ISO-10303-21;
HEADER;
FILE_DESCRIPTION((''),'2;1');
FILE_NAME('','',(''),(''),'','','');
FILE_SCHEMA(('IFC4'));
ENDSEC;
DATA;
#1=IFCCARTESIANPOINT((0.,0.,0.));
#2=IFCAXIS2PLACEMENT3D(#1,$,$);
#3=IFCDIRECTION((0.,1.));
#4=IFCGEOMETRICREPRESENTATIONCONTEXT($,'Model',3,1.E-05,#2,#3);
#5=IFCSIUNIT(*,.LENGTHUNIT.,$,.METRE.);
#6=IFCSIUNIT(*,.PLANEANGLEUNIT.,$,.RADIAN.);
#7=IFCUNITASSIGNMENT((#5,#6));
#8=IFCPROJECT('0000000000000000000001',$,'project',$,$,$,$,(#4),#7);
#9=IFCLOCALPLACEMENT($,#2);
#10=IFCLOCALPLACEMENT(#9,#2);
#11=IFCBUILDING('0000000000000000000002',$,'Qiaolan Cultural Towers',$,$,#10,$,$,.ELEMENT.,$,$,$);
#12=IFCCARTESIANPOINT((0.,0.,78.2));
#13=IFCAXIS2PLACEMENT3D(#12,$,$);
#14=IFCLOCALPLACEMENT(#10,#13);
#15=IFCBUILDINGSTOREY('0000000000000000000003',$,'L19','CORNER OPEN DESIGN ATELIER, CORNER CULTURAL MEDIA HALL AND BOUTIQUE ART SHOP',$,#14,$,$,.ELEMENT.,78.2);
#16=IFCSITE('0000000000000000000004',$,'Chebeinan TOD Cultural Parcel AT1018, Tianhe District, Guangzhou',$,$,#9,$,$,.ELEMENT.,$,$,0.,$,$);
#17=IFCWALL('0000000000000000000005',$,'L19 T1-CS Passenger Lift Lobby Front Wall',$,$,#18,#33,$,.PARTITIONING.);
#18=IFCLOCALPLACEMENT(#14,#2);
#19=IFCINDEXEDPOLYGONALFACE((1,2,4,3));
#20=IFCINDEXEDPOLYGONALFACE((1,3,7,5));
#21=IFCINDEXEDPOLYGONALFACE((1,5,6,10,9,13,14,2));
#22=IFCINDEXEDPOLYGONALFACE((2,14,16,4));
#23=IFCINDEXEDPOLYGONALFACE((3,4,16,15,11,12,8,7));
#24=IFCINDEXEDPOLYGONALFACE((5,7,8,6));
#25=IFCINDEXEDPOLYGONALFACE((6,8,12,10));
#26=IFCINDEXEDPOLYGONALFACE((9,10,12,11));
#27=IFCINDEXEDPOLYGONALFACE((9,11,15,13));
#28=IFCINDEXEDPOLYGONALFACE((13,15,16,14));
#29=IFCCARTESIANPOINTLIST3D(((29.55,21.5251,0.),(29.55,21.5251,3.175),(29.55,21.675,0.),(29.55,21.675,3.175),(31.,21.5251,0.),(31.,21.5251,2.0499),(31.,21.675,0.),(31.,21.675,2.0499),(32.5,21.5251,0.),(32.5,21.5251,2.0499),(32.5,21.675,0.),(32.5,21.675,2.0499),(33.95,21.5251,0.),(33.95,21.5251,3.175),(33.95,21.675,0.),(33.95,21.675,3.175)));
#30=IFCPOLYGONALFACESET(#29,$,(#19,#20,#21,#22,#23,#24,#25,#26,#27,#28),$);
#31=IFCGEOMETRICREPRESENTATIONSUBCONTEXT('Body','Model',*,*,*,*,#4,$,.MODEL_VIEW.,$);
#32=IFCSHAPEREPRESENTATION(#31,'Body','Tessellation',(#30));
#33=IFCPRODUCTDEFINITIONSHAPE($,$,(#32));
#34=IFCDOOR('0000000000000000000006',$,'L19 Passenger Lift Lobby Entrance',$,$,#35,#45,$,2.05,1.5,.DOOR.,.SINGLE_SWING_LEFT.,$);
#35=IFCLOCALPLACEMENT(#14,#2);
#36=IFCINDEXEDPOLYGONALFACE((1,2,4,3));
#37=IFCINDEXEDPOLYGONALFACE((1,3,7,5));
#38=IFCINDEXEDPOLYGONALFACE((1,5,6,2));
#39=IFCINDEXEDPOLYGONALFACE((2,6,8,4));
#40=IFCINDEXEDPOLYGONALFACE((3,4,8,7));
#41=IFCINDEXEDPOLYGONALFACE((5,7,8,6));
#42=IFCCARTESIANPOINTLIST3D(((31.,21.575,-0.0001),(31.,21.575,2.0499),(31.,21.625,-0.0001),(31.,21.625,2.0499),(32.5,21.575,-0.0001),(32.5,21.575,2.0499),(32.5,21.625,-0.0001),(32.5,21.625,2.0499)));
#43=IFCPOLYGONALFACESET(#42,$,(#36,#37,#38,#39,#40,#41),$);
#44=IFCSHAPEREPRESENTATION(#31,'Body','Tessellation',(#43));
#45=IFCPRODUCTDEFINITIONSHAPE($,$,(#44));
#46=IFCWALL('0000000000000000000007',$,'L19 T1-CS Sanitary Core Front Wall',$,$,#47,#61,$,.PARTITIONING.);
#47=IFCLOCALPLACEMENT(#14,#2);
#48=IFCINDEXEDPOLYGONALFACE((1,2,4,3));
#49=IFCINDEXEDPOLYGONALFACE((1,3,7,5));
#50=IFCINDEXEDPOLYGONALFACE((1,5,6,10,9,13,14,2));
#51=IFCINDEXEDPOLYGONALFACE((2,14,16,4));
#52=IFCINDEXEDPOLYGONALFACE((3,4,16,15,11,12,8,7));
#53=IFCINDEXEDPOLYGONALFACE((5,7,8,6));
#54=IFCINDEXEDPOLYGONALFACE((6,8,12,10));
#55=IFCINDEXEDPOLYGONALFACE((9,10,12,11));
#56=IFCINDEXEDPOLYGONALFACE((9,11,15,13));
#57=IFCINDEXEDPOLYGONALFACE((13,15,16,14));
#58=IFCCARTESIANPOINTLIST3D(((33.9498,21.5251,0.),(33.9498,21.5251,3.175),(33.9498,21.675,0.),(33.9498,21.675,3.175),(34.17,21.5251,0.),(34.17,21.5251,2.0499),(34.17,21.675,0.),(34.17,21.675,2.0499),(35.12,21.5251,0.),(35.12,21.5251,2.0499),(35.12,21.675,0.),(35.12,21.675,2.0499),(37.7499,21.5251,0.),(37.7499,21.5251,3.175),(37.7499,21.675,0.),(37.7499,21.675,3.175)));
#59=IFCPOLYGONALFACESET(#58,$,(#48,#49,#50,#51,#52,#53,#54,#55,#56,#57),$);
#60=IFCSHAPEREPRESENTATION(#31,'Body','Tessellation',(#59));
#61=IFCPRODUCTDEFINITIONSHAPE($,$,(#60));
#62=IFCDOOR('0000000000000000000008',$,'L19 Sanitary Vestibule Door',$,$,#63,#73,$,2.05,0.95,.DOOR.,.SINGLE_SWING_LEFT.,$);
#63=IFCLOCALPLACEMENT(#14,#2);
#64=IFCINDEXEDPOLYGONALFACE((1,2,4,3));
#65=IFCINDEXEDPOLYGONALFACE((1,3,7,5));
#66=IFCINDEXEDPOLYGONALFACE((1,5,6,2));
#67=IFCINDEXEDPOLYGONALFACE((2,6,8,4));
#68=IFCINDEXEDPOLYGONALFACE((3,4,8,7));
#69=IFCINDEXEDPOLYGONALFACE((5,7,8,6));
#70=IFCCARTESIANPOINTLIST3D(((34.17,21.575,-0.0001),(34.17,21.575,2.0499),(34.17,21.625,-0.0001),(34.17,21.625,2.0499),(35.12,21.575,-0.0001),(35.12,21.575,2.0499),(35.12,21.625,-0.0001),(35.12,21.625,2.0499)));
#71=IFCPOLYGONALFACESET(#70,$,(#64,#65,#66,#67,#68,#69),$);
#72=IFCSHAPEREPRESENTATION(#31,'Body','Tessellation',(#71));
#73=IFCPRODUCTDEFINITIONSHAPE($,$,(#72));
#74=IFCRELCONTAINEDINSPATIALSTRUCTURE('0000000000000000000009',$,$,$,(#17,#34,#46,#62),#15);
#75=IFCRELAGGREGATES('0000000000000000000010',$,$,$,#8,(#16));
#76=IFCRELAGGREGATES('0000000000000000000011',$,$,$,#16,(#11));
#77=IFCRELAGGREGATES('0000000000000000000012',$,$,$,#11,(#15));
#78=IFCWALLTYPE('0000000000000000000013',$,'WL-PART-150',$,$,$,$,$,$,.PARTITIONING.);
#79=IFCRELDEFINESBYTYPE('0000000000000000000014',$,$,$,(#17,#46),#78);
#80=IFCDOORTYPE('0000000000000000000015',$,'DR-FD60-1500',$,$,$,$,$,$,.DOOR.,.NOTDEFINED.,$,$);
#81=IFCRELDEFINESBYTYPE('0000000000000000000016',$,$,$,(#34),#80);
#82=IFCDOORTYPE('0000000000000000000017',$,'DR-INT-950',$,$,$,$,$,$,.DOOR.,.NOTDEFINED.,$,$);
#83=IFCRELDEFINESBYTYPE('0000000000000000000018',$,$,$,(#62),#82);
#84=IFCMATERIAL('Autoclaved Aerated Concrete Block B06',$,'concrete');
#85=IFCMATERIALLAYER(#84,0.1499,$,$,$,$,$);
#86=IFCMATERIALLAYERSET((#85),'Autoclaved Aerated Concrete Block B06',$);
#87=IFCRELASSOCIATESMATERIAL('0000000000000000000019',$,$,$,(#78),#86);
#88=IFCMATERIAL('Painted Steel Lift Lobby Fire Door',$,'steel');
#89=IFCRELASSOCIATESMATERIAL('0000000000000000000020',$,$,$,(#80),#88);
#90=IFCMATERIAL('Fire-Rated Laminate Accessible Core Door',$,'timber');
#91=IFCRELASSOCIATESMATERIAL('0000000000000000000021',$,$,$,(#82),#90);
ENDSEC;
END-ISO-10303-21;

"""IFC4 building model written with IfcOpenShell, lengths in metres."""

from ifc_helpers import new_model, si_unit, direction, frame, frame_2d, origin, place, context, subcontext, project, spatial, rectangle, extrude, material, layer, layer_set, type_object, element, fill, save


model = new_model("IFC4")

# Units and contexts
model_context = context("Model", 3, precision=1e-05, world=origin(), true_north=direction((0.0, 1.0)))
body_context = subcontext(model_context, "Body", "Model", "MODEL_VIEW")
ifc_project = project(units=[si_unit("LENGTHUNIT", "METRE"), si_unit("PLANEANGLEUNIT", "RADIAN")], contexts=[model_context])

# Site, building, storey
site_placement = place(None, origin())
site = spatial("IfcSite", under=ifc_project, at=site_placement, Name="Chebeinan TOD Cultural Parcel AT1018, Tianhe District, Guangzhou", CompositionType="ELEMENT", RefElevation=0.0)
building_placement = place(site_placement, origin())
building = spatial("IfcBuilding", under=site, at=building_placement, Name="Qiaolan Cultural Towers", CompositionType="ELEMENT")
storey_placement = place(building_placement, frame((0.0, 0.0, 78.2)))
storey = spatial("IfcBuildingStorey", under=building, at=storey_placement, Name="L19", Description="CORNER OPEN DESIGN ATELIER, CORNER CULTURAL MEDIA HALL AND BOUTIQUE ART SHOP", CompositionType="ELEMENT", Elevation=78.2)

# Walls, openings, doors
ifc_material_1 = material(Name="Autoclaved Aerated Concrete Block B06", Category="concrete")
ifc_layer_1 = layer(ifc_material_1, 0.1499)
ifc_layer_set_1 = layer_set([ifc_layer_1], Name="Autoclaved Aerated Concrete Block B06")
wall_type_1 = type_object("IfcWallType", Name="WL-PART-150", PredefinedType="PARTITIONING", material=ifc_layer_set_1)
wall_1_placement = place(storey_placement, frame((29.55, 21.6001, 0.0), z_axis=(0.0, 0.0, 1.0), x_axis=(1.0, 0.0, 0.0)))
wall_1 = element("IfcWall", 1, at=wall_1_placement, inside=storey, type_object=wall_type_1, Name="L19 T1-CS Passenger Lift Lobby Front Wall", PredefinedType="PARTITIONING", context=body_context, shape_type="SweptSolid", body=[
    extrude(rectangle(XDim=4.3999, YDim=0.1499, at=frame_2d((2.2, 0.0))), origin(), (0.0, 0.0, 1.0), 3.175),
])
opening_1_placement = place(wall_1_placement, frame((1.45, 0.0, 0.0)))
opening_1 = element("IfcOpeningElement", 2, at=opening_1_placement, cuts=wall_1, PredefinedType="OPENING", context=body_context, shape_type="SweptSolid", body=[
    extrude(rectangle(XDim=1.5, YDim=2.05, at=frame_2d((0.75, 1.0249))), frame((0.0, 0.085, 0.0), z_axis=(0.0, -1.0, 0.0), x_axis=(1.0, 0.0, 0.0)), (0.0, 0.0, 1.0), 0.1699),
])
ifc_material_2 = material(Name="Painted Steel Lift Lobby Fire Door", Category="steel")
door_type_1 = type_object("IfcDoorType", Name="DR-FD60-1500", OperationType="NOTDEFINED", PredefinedType="DOOR", material=ifc_material_2)
door_1_placement = place(opening_1_placement, origin())
door_1 = element("IfcDoor", 3, at=door_1_placement, inside=storey, type_object=door_type_1, Name="L19 Passenger Lift Lobby Entrance", OperationType="SINGLE_SWING_LEFT", OverallHeight=2.05, OverallWidth=1.5, PredefinedType="DOOR", context=body_context, shape_type="SweptSolid", body=[
    extrude(rectangle(XDim=1.5, YDim=2.05, at=frame_2d((0.75, 1.0249))), frame((0.0, 0.0249, 0.0), z_axis=(0.0, -1.0, 0.0), x_axis=(1.0, 0.0, 0.0)), (0.0, 0.0, 1.0), 0.05),
])
fill(opening_1, door_1)
wall_2_placement = place(storey_placement, frame((33.95, 21.6001, 0.0), z_axis=(0.0, 0.0, 1.0), x_axis=(1.0, 0.0, 0.0)))
wall_2 = element("IfcWall", 4, at=wall_2_placement, inside=storey, type_object=wall_type_1, Name="L19 T1-CS Sanitary Core Front Wall", PredefinedType="PARTITIONING", context=body_context, shape_type="SweptSolid", body=[
    extrude(rectangle(XDim=3.8, YDim=0.1499, at=frame_2d((1.8999, 0.0))), origin(), (0.0, 0.0, 1.0), 3.175),
])
opening_2_placement = place(wall_2_placement, frame((0.22, 0.0, 0.0)))
opening_2 = element("IfcOpeningElement", 5, at=opening_2_placement, cuts=wall_2, PredefinedType="OPENING", context=body_context, shape_type="SweptSolid", body=[
    extrude(rectangle(XDim=0.95, YDim=2.05, at=frame_2d((0.4751, 1.0249))), frame((0.0, 0.085, 0.0), z_axis=(0.0, -1.0, 0.0), x_axis=(1.0, 0.0, 0.0)), (0.0, 0.0, 1.0), 0.1699),
])
ifc_material_3 = material(Name="Fire-Rated Laminate Accessible Core Door", Category="timber")
door_type_2 = type_object("IfcDoorType", Name="DR-INT-950", OperationType="NOTDEFINED", PredefinedType="DOOR", material=ifc_material_3)
door_2_placement = place(opening_2_placement, origin())
door_2 = element("IfcDoor", 6, at=door_2_placement, inside=storey, type_object=door_type_2, Name="L19 Sanitary Vestibule Door", OperationType="SINGLE_SWING_LEFT", OverallHeight=2.05, OverallWidth=0.95, PredefinedType="DOOR", context=body_context, shape_type="SweptSolid", body=[
    extrude(rectangle(XDim=0.95, YDim=2.05, at=frame_2d((0.4751, 1.0249))), frame((0.0, 0.0249, 0.0), z_axis=(0.0, -1.0, 0.0), x_axis=(1.0, 0.0, 0.0)), (0.0, 0.0, 1.0), 0.05),
])
fill(opening_2, door_2)

save(model, "model.ifc")
